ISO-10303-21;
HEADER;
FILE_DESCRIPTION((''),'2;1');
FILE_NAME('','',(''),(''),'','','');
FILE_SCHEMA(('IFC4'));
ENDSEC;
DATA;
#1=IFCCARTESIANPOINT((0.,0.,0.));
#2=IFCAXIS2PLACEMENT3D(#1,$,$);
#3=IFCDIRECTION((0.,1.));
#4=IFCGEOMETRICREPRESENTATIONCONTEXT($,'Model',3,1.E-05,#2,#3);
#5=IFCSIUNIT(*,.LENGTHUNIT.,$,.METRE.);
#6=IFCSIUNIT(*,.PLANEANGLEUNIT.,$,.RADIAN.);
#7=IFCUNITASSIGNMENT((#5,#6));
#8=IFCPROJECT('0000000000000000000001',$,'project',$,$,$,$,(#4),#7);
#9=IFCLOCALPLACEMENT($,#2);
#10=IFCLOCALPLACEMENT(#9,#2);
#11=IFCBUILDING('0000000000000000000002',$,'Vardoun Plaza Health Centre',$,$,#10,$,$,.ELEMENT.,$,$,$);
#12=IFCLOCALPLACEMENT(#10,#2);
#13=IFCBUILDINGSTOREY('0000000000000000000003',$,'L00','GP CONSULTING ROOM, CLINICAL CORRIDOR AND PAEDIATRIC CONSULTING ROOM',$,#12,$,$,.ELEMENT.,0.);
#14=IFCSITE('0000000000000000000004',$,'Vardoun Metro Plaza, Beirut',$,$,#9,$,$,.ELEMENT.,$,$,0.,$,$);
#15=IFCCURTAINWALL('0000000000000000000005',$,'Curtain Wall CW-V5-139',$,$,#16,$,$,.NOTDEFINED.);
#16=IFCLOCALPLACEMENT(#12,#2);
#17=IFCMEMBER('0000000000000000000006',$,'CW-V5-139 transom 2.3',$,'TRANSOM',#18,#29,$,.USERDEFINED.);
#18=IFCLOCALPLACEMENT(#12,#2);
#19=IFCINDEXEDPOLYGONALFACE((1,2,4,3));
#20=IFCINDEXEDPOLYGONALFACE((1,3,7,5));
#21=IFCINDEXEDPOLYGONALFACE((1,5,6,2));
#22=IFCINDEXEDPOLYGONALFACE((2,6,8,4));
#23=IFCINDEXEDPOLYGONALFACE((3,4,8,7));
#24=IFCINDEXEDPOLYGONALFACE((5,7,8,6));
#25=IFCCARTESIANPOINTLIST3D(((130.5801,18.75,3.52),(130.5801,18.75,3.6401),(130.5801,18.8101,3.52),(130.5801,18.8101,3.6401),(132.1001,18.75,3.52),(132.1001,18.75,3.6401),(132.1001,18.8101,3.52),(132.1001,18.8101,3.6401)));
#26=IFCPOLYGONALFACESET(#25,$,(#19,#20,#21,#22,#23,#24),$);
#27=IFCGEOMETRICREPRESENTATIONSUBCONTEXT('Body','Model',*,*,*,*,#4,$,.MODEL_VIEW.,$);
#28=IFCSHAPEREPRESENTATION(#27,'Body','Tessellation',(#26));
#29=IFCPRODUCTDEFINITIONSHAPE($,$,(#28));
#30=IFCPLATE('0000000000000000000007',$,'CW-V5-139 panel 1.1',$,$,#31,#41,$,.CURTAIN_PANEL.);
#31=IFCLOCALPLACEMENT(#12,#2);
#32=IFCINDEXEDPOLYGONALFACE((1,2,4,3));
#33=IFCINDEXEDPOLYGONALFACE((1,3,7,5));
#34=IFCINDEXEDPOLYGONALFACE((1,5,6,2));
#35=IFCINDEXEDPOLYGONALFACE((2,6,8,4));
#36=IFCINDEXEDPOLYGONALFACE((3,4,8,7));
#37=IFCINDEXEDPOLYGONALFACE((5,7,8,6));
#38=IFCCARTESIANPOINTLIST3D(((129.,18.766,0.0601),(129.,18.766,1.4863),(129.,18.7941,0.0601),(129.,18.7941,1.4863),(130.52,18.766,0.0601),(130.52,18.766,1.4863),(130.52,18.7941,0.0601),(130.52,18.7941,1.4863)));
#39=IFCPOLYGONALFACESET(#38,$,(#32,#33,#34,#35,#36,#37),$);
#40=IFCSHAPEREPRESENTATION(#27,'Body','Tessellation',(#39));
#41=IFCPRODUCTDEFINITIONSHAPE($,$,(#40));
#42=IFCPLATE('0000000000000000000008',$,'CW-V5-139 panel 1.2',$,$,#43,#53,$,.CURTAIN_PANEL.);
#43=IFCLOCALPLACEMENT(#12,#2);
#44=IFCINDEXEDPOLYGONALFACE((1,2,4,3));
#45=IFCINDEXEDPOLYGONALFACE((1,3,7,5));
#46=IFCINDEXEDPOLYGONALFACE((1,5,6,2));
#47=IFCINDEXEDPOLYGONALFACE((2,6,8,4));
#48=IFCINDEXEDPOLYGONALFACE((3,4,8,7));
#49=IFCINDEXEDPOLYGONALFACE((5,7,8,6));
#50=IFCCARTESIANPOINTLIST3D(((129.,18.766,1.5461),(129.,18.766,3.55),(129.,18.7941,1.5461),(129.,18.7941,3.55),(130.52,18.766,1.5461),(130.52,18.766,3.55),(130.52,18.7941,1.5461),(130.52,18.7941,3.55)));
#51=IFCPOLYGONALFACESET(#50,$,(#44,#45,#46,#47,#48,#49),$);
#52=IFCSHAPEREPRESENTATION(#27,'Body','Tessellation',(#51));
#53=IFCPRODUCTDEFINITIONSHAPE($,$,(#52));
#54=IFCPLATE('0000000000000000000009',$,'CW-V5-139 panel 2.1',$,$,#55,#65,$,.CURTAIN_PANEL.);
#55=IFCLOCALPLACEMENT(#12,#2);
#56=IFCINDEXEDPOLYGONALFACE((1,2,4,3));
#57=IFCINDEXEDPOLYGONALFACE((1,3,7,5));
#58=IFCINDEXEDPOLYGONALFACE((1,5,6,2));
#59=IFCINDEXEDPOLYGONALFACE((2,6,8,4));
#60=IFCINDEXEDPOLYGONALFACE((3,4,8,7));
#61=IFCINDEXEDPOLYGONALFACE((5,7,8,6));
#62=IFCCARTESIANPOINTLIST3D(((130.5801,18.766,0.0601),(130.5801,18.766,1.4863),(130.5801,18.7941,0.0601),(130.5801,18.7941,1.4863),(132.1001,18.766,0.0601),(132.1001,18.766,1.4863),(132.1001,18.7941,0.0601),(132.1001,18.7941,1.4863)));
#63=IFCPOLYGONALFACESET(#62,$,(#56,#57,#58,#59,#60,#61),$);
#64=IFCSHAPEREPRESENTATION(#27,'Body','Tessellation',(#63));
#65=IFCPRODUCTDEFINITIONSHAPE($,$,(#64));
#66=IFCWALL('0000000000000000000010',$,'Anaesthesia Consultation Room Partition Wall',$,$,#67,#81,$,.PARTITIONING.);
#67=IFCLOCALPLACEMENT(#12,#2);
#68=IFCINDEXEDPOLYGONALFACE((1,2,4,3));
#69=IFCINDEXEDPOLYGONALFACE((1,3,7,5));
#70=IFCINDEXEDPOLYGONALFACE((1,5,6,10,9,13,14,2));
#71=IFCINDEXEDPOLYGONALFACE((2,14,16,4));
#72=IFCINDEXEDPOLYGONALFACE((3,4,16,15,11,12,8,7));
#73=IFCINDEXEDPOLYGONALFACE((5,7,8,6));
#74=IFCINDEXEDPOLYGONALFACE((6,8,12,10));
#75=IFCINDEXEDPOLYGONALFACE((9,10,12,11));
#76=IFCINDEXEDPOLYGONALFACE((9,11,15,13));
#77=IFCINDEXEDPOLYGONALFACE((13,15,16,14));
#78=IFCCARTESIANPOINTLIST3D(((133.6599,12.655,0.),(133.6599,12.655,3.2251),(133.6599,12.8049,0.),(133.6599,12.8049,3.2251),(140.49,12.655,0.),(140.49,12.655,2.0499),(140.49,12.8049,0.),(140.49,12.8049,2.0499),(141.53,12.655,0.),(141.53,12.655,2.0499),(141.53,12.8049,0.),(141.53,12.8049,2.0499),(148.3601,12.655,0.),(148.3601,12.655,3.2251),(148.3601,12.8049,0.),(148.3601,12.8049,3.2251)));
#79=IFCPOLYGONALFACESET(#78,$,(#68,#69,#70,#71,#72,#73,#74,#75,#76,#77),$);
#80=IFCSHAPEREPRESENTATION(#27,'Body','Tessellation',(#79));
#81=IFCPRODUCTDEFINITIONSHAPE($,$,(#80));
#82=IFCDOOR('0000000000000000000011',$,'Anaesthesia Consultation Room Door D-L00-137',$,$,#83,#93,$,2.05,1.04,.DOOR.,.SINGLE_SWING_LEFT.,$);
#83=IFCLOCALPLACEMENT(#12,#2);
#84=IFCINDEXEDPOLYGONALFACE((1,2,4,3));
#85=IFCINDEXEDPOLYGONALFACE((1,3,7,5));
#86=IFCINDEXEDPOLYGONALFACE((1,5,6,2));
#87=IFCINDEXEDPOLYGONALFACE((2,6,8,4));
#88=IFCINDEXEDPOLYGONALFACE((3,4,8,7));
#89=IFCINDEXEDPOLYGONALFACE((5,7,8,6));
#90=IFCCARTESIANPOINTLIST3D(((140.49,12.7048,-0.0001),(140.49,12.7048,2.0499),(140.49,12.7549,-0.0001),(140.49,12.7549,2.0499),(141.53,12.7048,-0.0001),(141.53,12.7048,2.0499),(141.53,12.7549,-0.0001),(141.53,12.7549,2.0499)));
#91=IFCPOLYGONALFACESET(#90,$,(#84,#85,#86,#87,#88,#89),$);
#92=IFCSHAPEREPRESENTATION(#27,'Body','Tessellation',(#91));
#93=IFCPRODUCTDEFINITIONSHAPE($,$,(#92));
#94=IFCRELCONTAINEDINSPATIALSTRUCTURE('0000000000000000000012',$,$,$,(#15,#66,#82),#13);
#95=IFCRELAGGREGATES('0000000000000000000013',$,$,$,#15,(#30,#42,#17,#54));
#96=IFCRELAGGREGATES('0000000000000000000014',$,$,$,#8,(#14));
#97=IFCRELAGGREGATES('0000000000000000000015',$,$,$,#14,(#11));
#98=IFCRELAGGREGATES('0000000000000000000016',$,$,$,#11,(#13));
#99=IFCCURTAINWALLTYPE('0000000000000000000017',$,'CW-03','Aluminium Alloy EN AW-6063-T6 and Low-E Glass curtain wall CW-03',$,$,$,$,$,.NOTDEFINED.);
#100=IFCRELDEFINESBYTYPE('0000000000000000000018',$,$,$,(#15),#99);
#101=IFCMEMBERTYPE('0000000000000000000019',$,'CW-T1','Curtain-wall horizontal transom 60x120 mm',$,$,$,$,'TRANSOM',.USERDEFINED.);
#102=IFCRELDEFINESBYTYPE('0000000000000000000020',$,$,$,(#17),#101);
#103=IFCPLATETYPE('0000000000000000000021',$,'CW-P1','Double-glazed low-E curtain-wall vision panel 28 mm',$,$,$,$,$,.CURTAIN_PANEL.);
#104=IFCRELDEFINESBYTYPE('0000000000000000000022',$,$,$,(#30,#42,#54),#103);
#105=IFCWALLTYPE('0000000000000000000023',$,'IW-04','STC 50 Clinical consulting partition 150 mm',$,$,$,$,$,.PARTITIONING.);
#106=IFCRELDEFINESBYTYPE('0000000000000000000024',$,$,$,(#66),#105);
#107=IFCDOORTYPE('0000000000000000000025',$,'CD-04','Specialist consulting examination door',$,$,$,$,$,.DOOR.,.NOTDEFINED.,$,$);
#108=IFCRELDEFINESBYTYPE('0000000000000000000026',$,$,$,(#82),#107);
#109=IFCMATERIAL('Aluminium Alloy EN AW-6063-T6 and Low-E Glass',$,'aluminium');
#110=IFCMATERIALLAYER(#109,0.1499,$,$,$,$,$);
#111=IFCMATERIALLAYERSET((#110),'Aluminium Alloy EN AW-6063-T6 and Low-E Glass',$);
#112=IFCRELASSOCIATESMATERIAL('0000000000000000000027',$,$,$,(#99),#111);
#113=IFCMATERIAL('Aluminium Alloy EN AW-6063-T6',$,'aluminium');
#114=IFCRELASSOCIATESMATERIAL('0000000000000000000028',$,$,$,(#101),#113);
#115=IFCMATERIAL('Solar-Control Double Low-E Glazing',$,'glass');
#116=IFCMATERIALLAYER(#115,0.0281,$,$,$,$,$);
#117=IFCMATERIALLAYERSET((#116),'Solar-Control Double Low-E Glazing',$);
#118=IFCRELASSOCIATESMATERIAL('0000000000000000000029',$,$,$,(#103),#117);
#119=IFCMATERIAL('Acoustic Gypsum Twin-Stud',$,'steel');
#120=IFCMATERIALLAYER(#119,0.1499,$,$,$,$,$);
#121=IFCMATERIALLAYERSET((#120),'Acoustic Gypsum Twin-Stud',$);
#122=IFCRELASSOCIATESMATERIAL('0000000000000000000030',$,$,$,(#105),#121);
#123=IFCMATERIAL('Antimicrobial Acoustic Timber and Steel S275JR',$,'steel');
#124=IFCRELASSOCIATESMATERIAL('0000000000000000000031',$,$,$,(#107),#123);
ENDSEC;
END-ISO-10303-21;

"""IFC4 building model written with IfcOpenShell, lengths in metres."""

from ifc_helpers import new_model, si_unit, direction, frame, frame_2d, origin, origin_2d, place, context, subcontext, project, spatial, rectangle, extrude, material, layer, layer_set, material_profile, profile_set, type_object, element, fill, aggregate, save


model = new_model("IFC4")

# Units and contexts
model_context = context("Model", 3, precision=1e-05, world=origin(), true_north=direction((0.0, 1.0)))
body_context = subcontext(model_context, "Body", "Model", "MODEL_VIEW")
ifc_project = project(units=[si_unit("LENGTHUNIT", "METRE"), si_unit("PLANEANGLEUNIT", "RADIAN")], contexts=[model_context])

# Site, building, storey
site_placement = place(None, origin())
site = spatial("IfcSite", under=ifc_project, at=site_placement, Name="Vardoun Metro Plaza, Beirut", CompositionType="ELEMENT", RefElevation=0.0)
building_placement = place(site_placement, origin())
building = spatial("IfcBuilding", under=site, at=building_placement, Name="Vardoun Plaza Health Centre", CompositionType="ELEMENT")
storey_placement = place(building_placement, origin())
storey = spatial("IfcBuildingStorey", under=building, at=storey_placement, Name="L00", Description="GP CONSULTING ROOM, CLINICAL CORRIDOR AND PAEDIATRIC CONSULTING ROOM", CompositionType="ELEMENT", Elevation=0.0)

# Curtain wall, member, plates
ifc_material_1 = material(Name="Aluminium Alloy EN AW-6063-T6 and Low-E Glass", Category="aluminium")
ifc_layer_1 = layer(ifc_material_1, 0.1499)
ifc_layer_set_1 = layer_set([ifc_layer_1], Name="Aluminium Alloy EN AW-6063-T6 and Low-E Glass")
curtain_wall_type = type_object("IfcCurtainWallType", Name="CW-03", Description="Aluminium Alloy EN AW-6063-T6 and Low-E Glass curtain wall CW-03", PredefinedType="NOTDEFINED", material=ifc_layer_set_1)
curtain_wall_placement = place(storey_placement, origin())
curtain_wall = element("IfcCurtainWall", 1, at=curtain_wall_placement, inside=storey, type_object=curtain_wall_type, Name="Curtain Wall CW-V5-139", PredefinedType="NOTDEFINED")
ifc_material_2 = material(Name="Aluminium Alloy EN AW-6063-T6", Category="aluminium")
ifc_material_profile_1 = material_profile(ifc_material_2, rectangle(XDim=0.0601, YDim=0.1201, at=origin_2d()), Name="CWT 60x120")
ifc_profile_set_1 = profile_set([ifc_material_profile_1], Name="Aluminium Alloy EN AW-6063-T6")
member_type_1 = type_object("IfcMemberType", Name="CW-T1", Description="Curtain-wall horizontal transom 60x120 mm", ElementType="TRANSOM", PredefinedType="USERDEFINED", material=ifc_profile_set_1)
member_1_placement = place(storey_placement, frame((130.5801, 18.78, 3.5801), z_axis=(1.0, 0.0, 0.0), x_axis=(0.0, 1.0, 0.0)))
member_1 = element("IfcMember", 2, at=member_1_placement, type_object=member_type_1, Name="CW-V5-139 transom 2.3", ObjectType="TRANSOM", PredefinedType="USERDEFINED", context=body_context, shape_type="SweptSolid", body=[
    extrude(rectangle(XDim=0.0601, YDim=0.1201, at=origin_2d()), origin(), (0.0, 0.0, 1.0), 1.52),
])
ifc_material_3 = material(Name="Solar-Control Double Low-E Glazing", Category="glass")
ifc_layer_2 = layer(ifc_material_3, 0.0281)
ifc_layer_set_2 = layer_set([ifc_layer_2], Name="Solar-Control Double Low-E Glazing")
plate_type = type_object("IfcPlateType", Name="CW-P1", Description="Double-glazed low-E curtain-wall vision panel 28 mm", PredefinedType="CURTAIN_PANEL", material=ifc_layer_set_2)
plate_1_placement = place(storey_placement, frame((129.76, 18.78, 0.0601), z_axis=(0.0, 0.0, 1.0), x_axis=(1.0, 0.0, 0.0)))
plate_1 = element("IfcPlate", 3, at=plate_1_placement, type_object=plate_type, Name="CW-V5-139 panel 1.1", PredefinedType="CURTAIN_PANEL", context=body_context, shape_type="SweptSolid", body=[
    extrude(rectangle(XDim=1.52, YDim=0.0281, at=origin_2d()), origin(), (0.0, 0.0, 1.0), 1.4263),
])
plate_2_placement = place(storey_placement, frame((129.76, 18.78, 1.5461), z_axis=(0.0, 0.0, 1.0), x_axis=(1.0, 0.0, 0.0)))
plate_2 = element("IfcPlate", 4, at=plate_2_placement, type_object=plate_type, Name="CW-V5-139 panel 1.2", PredefinedType="CURTAIN_PANEL", context=body_context, shape_type="SweptSolid", body=[
    extrude(rectangle(XDim=1.52, YDim=0.0281, at=origin_2d()), origin(), (0.0, 0.0, 1.0), 2.0039),
])
plate_3_placement = place(storey_placement, frame((131.3401, 18.78, 0.0601), z_axis=(0.0, 0.0, 1.0), x_axis=(1.0, 0.0, 0.0)))
plate_3 = element("IfcPlate", 5, at=plate_3_placement, type_object=plate_type, Name="CW-V5-139 panel 2.1", PredefinedType="CURTAIN_PANEL", context=body_context, shape_type="SweptSolid", body=[
    extrude(rectangle(XDim=1.52, YDim=0.0281, at=origin_2d()), origin(), (0.0, 0.0, 1.0), 1.4263),
])
aggregate(curtain_wall, [plate_1, plate_2, member_1, plate_3])

# Wall, opening, door
ifc_material_4 = material(Name="Acoustic Gypsum Twin-Stud", Category="steel")
ifc_layer_3 = layer(ifc_material_4, 0.1499)
ifc_layer_set_3 = layer_set([ifc_layer_3], Name="Acoustic Gypsum Twin-Stud")
wall_type_1 = type_object("IfcWallType", Name="IW-04", Description="STC 50 Clinical consulting partition 150 mm", PredefinedType="PARTITIONING", material=ifc_layer_set_3)
wall_1_placement = place(storey_placement, frame((133.6599, 12.73, 0.0), z_axis=(0.0, 0.0, 1.0), x_axis=(1.0, 0.0, 0.0)))
wall_1 = element("IfcWall", 6, at=wall_1_placement, inside=storey, type_object=wall_type_1, Name="Anaesthesia Consultation Room Partition Wall", PredefinedType="PARTITIONING", context=body_context, shape_type="SweptSolid", body=[
    extrude(rectangle(XDim=14.7002, YDim=0.1499, at=frame_2d((7.3501, 0.0))), origin(), (0.0, 0.0, 1.0), 3.2251),
])
opening_1_placement = place(wall_1_placement, frame((6.8301, 0.0, 0.0)))
opening_1 = element("IfcOpeningElement", 7, at=opening_1_placement, cuts=wall_1, PredefinedType="OPENING", context=body_context, shape_type="SweptSolid", body=[
    extrude(rectangle(XDim=1.04, YDim=2.05, at=frame_2d((0.52, 1.0249))), frame((0.0, 0.075, 0.0), z_axis=(0.0, -1.0, 0.0), x_axis=(1.0, 0.0, 0.0)), (0.0, 0.0, 1.0), 0.1499),
])
ifc_material_5 = material(Name="Antimicrobial Acoustic Timber and Steel S275JR", Category="steel")
door_type_1 = type_object("IfcDoorType", Name="CD-04", Description="Specialist consulting examination door", OperationType="NOTDEFINED", PredefinedType="DOOR", material=ifc_material_5)
door_1_placement = place(opening_1_placement, origin())
door_1 = element("IfcDoor", 8, at=door_1_placement, inside=storey, type_object=door_type_1, Name="Anaesthesia Consultation Room Door D-L00-137", OperationType="SINGLE_SWING_LEFT", OverallHeight=2.05, OverallWidth=1.04, PredefinedType="DOOR", context=body_context, shape_type="SweptSolid", body=[
    extrude(rectangle(XDim=1.04, YDim=2.05, at=frame_2d((0.52, 1.0249))), frame((0.0, 0.0249, 0.0), z_axis=(0.0, -1.0, 0.0), x_axis=(1.0, 0.0, 0.0)), (0.0, 0.0, 1.0), 0.05),
])
fill(opening_1, door_1)

save(model, "model.ifc")
